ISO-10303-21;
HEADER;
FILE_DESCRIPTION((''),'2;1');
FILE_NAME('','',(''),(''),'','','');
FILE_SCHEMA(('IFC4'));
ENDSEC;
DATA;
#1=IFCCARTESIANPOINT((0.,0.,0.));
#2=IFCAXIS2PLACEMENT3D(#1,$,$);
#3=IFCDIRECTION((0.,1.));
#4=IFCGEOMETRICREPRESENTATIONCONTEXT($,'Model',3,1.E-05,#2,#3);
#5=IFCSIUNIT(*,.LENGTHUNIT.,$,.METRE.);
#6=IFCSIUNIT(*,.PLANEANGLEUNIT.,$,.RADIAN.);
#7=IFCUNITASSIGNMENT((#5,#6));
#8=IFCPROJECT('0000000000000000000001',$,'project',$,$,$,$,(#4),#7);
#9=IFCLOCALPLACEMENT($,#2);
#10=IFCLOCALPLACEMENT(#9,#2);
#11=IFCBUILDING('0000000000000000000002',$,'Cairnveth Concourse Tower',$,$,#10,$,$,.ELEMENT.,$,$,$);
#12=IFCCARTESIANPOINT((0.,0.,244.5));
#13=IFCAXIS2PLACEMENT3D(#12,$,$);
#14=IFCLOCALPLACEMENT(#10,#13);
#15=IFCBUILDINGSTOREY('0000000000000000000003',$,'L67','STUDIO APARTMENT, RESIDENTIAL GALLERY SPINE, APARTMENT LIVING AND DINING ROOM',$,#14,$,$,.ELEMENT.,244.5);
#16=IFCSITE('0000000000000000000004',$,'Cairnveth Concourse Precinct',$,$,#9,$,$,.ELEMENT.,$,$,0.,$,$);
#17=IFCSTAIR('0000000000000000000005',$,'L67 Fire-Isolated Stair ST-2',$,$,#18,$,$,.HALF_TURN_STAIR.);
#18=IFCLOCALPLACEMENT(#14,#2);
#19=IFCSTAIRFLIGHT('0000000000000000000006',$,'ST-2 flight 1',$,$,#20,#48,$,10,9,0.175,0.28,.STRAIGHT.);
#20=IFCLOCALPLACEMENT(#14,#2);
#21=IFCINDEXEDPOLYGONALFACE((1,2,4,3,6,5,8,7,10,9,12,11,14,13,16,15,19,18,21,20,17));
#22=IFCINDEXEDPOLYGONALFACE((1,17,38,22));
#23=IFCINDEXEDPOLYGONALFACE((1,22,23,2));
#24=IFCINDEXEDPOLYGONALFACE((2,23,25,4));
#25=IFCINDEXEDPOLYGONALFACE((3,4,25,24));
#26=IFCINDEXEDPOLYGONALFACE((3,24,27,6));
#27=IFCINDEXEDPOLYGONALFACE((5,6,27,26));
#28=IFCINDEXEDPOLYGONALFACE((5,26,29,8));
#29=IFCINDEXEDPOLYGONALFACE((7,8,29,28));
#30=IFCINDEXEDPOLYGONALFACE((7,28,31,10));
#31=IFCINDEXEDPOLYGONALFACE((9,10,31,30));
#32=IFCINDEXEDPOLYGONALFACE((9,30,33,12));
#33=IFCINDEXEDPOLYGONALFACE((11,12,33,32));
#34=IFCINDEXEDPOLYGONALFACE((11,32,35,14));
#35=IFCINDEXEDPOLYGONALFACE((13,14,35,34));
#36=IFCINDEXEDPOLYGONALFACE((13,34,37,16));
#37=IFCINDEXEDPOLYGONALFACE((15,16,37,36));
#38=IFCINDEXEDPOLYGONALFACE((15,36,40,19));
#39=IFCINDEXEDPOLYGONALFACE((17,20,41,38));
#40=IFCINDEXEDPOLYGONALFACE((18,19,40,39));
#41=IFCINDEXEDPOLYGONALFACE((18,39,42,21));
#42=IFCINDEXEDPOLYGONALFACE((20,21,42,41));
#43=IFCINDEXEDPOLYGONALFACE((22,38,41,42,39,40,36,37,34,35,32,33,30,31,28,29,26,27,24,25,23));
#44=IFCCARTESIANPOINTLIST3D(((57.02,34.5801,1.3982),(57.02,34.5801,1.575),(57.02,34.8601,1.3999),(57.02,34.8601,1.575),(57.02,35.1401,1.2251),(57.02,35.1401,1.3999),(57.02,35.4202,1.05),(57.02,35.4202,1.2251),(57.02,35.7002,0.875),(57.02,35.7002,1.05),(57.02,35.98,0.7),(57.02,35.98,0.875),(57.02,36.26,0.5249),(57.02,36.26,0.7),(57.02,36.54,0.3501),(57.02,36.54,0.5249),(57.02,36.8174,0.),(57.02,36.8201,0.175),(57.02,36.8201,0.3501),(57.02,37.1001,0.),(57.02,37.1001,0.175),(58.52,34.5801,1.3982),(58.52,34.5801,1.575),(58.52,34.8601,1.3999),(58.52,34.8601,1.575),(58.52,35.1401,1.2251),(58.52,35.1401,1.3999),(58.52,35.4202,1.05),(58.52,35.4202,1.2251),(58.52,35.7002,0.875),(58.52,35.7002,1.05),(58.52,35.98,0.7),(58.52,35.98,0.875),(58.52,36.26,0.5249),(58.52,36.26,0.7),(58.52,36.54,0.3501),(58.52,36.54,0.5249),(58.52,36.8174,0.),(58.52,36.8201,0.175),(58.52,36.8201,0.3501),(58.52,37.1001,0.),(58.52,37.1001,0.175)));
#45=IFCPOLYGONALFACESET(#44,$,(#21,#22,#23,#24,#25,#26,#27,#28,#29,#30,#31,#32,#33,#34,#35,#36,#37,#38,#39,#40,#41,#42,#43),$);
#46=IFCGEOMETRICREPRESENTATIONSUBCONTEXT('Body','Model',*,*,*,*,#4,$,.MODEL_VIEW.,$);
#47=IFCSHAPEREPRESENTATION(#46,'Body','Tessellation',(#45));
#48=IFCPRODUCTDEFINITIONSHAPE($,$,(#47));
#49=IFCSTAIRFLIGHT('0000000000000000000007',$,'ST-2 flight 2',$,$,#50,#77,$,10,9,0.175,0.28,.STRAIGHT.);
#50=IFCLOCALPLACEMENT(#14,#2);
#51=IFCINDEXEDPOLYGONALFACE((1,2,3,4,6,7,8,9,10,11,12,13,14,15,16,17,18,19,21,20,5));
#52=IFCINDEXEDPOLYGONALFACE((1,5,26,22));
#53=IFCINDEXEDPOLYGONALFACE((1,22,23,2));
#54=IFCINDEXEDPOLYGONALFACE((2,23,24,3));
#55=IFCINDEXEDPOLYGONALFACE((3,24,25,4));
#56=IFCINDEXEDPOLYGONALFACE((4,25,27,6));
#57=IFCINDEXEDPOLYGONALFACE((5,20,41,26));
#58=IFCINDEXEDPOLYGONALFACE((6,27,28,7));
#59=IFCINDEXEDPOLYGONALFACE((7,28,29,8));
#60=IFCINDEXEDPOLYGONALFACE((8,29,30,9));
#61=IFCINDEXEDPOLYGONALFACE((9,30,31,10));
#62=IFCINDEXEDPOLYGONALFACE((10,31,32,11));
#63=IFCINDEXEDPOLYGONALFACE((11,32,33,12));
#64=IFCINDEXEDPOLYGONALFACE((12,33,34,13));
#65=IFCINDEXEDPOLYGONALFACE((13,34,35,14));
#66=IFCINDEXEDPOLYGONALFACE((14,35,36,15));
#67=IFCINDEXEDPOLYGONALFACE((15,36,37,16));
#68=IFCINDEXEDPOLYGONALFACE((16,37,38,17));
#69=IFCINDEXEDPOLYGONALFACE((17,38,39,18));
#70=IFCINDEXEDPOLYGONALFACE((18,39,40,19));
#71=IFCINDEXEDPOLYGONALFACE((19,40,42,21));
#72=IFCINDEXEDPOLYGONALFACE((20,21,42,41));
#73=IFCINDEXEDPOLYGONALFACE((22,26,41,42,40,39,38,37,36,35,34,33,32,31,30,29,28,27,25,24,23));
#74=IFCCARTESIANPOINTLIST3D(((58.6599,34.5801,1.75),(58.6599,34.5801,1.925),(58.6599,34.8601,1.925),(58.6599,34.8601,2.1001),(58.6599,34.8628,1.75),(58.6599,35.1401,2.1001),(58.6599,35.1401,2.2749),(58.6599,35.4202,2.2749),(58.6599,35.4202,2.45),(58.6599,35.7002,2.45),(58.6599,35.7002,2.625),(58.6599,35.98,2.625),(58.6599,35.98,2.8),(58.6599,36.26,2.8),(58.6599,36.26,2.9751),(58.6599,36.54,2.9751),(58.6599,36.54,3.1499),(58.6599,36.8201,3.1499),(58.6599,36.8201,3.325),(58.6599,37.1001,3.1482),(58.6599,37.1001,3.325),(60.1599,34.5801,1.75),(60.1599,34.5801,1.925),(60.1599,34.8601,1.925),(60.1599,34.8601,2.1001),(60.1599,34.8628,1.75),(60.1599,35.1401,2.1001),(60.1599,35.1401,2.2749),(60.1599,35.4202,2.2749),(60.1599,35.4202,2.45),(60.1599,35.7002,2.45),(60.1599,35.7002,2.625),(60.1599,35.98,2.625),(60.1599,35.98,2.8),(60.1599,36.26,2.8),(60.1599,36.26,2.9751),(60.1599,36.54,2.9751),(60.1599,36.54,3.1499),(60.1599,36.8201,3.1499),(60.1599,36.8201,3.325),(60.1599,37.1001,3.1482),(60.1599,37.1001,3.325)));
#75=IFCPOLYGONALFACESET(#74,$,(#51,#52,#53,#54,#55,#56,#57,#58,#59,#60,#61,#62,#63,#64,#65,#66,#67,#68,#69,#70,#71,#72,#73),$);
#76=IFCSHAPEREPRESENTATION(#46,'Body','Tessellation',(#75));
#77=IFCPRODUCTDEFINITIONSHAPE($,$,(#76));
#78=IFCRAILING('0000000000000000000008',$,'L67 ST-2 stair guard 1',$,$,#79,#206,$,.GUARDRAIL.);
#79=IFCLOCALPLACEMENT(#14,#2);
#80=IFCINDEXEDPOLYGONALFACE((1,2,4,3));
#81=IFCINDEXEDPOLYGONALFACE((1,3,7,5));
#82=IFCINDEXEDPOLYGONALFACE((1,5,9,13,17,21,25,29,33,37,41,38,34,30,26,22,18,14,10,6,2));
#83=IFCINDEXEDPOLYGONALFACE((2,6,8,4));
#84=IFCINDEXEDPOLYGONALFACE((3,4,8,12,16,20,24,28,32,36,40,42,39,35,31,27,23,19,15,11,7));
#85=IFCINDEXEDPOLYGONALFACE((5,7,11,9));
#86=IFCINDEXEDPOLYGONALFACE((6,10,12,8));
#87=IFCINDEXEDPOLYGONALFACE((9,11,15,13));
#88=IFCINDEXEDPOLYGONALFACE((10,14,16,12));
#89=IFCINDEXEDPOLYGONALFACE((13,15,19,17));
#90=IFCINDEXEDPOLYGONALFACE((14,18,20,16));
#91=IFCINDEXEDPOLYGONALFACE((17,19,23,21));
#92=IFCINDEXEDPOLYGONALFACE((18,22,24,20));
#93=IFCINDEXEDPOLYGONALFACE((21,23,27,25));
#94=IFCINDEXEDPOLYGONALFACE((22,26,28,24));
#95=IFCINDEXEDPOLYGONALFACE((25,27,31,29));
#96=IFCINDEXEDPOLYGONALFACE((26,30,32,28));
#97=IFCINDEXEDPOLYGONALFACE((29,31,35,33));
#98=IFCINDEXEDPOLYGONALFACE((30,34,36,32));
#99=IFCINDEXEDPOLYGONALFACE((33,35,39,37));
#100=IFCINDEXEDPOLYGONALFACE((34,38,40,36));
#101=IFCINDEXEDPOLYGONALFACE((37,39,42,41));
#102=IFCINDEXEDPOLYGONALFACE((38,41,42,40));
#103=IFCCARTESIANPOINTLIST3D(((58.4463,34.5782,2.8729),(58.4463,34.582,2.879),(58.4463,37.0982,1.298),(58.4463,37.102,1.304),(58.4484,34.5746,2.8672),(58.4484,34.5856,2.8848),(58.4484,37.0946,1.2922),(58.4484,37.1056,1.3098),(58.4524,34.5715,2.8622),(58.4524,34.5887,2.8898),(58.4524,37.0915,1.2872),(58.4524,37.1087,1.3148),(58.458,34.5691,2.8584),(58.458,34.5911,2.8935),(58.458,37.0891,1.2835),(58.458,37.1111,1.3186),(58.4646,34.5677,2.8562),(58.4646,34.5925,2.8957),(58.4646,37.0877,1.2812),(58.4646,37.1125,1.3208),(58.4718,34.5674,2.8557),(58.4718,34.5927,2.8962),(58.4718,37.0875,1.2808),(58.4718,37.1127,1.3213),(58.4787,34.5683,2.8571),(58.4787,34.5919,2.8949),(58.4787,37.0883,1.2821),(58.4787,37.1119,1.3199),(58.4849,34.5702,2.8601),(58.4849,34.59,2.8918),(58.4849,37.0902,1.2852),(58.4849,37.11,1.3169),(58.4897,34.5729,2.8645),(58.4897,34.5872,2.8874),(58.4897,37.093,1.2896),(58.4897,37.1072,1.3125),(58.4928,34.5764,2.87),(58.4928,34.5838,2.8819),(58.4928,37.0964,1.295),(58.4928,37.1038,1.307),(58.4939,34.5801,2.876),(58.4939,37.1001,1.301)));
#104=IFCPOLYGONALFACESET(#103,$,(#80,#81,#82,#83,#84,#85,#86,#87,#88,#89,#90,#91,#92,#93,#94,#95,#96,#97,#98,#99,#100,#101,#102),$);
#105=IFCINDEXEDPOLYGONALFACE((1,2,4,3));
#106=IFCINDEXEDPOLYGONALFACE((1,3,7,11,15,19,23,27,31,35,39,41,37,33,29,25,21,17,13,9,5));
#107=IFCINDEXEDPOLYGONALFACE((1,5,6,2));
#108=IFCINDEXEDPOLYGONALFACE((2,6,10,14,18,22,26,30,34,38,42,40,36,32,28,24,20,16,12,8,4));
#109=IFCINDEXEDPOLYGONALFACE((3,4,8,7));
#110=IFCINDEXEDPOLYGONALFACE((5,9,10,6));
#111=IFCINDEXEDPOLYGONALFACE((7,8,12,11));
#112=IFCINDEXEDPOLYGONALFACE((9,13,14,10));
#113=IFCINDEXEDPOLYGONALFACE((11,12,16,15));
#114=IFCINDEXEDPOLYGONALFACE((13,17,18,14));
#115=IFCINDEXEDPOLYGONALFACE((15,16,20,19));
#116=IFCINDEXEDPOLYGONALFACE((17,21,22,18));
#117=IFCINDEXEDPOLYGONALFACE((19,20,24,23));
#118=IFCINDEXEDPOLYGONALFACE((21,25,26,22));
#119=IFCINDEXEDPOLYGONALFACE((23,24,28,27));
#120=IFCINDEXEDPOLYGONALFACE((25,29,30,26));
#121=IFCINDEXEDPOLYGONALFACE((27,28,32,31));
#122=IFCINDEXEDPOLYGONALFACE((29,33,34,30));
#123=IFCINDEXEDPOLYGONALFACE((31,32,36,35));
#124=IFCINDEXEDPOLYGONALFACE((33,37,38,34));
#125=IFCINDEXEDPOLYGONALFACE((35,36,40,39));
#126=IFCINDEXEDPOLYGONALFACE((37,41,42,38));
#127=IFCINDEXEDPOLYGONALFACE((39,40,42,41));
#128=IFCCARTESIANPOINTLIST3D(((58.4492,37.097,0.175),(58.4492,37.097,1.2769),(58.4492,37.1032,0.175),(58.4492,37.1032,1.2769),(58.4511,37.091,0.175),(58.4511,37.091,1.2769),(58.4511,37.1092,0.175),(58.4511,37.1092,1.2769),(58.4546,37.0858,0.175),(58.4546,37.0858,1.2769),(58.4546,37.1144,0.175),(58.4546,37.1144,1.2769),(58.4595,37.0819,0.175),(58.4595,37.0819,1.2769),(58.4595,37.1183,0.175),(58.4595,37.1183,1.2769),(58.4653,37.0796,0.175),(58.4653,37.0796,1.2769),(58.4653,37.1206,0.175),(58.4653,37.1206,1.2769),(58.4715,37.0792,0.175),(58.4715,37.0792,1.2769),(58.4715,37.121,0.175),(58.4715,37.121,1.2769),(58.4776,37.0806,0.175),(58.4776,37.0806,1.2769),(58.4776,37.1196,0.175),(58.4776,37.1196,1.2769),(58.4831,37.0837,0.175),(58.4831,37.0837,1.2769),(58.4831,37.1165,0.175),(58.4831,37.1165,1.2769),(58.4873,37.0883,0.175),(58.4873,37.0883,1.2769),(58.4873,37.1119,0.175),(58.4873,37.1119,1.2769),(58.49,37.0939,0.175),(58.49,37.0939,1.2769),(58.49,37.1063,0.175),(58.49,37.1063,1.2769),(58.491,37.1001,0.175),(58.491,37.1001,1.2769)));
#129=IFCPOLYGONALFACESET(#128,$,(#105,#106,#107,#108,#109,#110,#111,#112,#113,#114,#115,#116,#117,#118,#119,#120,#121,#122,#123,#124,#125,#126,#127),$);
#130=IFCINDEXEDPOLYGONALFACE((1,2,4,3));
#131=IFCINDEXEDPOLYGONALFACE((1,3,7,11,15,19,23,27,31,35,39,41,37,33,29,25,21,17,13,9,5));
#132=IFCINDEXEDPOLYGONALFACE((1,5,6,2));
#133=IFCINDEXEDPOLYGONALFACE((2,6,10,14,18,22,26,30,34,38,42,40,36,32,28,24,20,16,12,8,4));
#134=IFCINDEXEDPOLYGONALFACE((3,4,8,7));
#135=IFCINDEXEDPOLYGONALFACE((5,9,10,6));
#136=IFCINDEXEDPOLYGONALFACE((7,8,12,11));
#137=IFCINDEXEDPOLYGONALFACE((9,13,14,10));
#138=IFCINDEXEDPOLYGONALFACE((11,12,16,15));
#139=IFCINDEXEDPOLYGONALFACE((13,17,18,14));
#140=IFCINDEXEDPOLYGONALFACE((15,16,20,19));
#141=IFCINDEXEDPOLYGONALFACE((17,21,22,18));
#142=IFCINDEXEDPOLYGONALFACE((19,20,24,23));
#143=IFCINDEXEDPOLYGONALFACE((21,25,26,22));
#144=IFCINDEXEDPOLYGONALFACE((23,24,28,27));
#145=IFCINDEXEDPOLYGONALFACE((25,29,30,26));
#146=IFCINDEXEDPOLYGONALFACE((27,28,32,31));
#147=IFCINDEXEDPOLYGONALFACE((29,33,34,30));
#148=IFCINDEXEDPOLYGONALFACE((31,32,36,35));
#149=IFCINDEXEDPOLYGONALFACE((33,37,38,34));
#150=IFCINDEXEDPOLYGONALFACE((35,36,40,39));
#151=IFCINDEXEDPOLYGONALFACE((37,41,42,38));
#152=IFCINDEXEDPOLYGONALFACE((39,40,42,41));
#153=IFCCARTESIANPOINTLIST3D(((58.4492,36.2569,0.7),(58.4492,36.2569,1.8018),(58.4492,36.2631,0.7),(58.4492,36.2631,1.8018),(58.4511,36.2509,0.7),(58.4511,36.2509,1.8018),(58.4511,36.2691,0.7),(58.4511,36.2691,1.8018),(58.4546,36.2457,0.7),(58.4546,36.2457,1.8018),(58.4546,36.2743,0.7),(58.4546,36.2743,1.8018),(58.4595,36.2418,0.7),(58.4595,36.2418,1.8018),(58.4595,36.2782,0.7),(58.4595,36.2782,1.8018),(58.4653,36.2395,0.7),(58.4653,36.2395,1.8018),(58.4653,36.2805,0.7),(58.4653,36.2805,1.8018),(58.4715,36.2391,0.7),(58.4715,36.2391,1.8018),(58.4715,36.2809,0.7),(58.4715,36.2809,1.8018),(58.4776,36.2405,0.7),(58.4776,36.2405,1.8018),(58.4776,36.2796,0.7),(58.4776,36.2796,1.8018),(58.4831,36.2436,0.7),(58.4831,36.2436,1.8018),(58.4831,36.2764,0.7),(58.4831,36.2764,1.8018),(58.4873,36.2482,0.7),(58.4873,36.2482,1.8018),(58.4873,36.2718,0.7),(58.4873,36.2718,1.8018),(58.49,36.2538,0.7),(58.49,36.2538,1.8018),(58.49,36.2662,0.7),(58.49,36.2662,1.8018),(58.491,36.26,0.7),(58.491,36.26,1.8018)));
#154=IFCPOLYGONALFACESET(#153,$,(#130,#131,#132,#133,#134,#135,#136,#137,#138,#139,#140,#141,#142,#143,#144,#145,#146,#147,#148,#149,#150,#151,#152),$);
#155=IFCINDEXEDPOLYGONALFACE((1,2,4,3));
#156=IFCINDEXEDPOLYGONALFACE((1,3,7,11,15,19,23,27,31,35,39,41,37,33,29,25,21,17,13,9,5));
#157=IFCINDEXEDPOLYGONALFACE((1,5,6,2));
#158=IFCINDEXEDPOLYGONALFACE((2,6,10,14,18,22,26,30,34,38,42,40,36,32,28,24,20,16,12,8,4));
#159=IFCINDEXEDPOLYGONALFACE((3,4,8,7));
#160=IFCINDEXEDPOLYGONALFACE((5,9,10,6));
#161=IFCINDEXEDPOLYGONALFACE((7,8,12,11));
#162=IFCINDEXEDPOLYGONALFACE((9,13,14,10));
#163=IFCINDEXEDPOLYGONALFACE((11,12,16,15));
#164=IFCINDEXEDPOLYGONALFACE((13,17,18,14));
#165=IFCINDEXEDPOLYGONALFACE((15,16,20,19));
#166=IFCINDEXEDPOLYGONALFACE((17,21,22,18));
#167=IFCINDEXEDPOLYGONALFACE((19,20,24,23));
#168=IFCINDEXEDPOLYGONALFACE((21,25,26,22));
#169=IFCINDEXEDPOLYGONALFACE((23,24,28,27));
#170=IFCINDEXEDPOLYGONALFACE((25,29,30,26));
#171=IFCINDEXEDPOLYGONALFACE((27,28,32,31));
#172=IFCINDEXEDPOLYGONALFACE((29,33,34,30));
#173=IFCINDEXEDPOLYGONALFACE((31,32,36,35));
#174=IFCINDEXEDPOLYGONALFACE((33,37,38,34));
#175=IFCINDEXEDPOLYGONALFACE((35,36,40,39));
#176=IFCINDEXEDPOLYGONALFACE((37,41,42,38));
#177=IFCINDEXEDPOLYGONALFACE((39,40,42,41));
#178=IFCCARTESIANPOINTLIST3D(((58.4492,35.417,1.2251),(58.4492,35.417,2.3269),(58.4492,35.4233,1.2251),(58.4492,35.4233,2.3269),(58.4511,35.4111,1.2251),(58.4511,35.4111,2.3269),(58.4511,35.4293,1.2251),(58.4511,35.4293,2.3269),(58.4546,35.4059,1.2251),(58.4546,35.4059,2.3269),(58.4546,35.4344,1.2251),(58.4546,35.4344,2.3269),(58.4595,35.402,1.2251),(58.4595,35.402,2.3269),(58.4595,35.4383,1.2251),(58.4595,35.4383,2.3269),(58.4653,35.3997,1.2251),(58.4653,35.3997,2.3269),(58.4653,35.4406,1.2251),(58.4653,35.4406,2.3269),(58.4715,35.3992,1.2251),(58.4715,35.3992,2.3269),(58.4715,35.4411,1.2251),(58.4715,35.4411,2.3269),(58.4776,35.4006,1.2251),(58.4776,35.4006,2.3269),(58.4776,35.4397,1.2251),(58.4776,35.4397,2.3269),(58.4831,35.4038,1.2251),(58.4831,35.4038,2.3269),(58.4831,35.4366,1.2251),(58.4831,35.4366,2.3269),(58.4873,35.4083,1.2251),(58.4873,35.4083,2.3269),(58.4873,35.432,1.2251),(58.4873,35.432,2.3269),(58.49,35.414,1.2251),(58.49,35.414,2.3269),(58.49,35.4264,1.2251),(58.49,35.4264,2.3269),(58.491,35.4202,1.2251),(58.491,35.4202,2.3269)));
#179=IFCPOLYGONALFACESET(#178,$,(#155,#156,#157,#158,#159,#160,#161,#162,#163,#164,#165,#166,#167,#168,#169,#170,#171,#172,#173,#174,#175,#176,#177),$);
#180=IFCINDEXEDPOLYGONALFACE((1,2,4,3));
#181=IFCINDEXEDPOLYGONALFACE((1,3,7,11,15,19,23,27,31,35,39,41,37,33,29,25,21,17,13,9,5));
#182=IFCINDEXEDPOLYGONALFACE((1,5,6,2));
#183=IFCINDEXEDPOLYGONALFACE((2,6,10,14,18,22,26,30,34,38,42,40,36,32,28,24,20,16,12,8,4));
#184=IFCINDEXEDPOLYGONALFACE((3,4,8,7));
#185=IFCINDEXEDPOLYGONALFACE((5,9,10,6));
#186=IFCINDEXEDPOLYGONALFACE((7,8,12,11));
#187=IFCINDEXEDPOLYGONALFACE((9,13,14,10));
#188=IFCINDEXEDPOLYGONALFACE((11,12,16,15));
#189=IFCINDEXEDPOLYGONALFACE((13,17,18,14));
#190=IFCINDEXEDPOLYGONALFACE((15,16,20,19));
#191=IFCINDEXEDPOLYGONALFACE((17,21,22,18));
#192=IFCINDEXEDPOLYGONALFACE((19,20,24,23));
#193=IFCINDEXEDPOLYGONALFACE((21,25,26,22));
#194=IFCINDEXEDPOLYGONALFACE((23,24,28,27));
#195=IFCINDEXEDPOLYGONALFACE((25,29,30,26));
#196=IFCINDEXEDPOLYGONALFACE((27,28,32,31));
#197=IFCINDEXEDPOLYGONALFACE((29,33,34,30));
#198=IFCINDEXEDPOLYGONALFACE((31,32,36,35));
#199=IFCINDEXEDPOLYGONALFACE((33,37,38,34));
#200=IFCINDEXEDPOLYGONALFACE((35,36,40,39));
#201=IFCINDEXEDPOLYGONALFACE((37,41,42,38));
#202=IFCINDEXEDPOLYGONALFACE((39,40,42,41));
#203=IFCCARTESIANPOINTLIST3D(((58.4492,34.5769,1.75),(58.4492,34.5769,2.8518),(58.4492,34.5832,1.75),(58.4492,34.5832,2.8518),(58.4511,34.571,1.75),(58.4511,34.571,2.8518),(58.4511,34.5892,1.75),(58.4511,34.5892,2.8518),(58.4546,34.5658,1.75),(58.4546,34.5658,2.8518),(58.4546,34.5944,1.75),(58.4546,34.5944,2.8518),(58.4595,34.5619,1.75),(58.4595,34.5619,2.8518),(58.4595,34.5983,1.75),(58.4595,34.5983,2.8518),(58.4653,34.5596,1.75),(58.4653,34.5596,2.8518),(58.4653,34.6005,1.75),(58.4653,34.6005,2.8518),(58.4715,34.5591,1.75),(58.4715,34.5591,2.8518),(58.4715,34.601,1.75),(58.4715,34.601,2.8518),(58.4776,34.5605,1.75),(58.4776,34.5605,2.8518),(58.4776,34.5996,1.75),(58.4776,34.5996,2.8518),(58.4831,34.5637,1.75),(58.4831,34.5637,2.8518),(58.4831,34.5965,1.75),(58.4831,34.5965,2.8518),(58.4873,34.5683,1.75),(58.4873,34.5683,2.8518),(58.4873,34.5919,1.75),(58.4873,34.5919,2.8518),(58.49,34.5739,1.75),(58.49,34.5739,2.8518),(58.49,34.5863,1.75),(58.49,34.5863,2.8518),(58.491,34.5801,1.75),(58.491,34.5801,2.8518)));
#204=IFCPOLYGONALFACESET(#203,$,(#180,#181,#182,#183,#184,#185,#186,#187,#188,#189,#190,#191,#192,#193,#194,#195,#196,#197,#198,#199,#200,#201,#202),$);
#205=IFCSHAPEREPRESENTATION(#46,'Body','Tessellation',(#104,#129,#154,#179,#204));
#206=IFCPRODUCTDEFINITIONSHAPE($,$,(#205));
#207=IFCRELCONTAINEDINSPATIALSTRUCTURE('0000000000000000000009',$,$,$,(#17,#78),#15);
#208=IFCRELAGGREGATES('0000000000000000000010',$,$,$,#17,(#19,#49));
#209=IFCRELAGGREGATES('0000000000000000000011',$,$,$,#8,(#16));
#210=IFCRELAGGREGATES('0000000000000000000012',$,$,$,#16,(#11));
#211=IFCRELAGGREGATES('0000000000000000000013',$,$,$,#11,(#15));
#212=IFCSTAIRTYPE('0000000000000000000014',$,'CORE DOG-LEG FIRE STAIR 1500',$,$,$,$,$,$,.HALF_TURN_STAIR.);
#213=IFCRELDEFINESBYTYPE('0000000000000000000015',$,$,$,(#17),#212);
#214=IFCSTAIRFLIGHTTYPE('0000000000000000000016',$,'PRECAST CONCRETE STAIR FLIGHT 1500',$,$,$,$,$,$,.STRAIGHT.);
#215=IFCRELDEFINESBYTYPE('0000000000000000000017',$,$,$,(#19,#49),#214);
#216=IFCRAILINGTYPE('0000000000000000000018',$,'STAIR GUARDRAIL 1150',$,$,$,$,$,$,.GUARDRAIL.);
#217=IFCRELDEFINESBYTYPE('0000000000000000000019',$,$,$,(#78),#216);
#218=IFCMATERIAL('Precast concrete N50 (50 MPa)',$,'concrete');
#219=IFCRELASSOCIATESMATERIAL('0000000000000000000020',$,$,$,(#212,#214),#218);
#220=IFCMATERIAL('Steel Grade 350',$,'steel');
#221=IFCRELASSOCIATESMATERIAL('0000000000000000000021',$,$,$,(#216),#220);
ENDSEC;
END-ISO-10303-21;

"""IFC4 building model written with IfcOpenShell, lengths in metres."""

from ifc_helpers import new_model, si_unit, direction, frame, origin, origin_2d, place, context, subcontext, project, spatial, polyline, circle, outline, extrude, material, type_object, element, aggregate, save


model = new_model("IFC4")

# Units and contexts
model_context = context("Model", 3, precision=1e-05, world=origin(), true_north=direction((0.0, 1.0)))
body_context = subcontext(model_context, "Body", "Model", "MODEL_VIEW")
ifc_project = project(units=[si_unit("LENGTHUNIT", "METRE"), si_unit("PLANEANGLEUNIT", "RADIAN")], contexts=[model_context])

# Site, building, storey
site_placement = place(None, origin())
site = spatial("IfcSite", under=ifc_project, at=site_placement, Name="Cairnveth Concourse Precinct", CompositionType="ELEMENT", RefElevation=0.0)
building_placement = place(site_placement, origin())
building = spatial("IfcBuilding", under=site, at=building_placement, Name="Cairnveth Concourse Tower", CompositionType="ELEMENT")
storey_placement = place(building_placement, frame((0.0, 0.0, 244.5)))
storey = spatial("IfcBuildingStorey", under=building, at=storey_placement, Name="L67", Description="STUDIO APARTMENT, RESIDENTIAL GALLERY SPINE, APARTMENT LIVING AND DINING ROOM", CompositionType="ELEMENT", Elevation=244.5)

# Shared definitions
ifc_material_1 = material(Name="Steel Grade 350", Category="steel")

# Stair, stair flights
ifc_material_2 = material(Name="Precast concrete N50 (50 MPa)", Category="concrete")
stair_type = type_object("IfcStairType", Name="CORE DOG-LEG FIRE STAIR 1500", PredefinedType="HALF_TURN_STAIR", material=ifc_material_2)
stair_placement = place(storey_placement, origin())
stair = element("IfcStair", 1, at=stair_placement, inside=storey, type_object=stair_type, Name="L67 Fire-Isolated Stair ST-2", PredefinedType="HALF_TURN_STAIR")
stair_flight_type = type_object("IfcStairFlightType", Name="PRECAST CONCRETE STAIR FLIGHT 1500", PredefinedType="STRAIGHT", material=ifc_material_2)
stair_flight_1_placement = place(storey_placement, frame((57.77, 37.1001, 0.0), z_axis=(0.0, 0.0, 1.0), x_axis=(0.0, -1.0, 0.0)))
stair_flight_1 = element("IfcStairFlight", 2, at=stair_flight_1_placement, type_object=stair_flight_type, Name="ST-2 flight 1", NumberOfRisers=10, NumberOfTreads=9, PredefinedType="STRAIGHT", RiserHeight=0.175, TreadLength=0.28, context=body_context, shape_type="SweptSolid", body=[
    extrude(outline(polyline([(0.0, 0.0), (0.0, 0.175), (0.28, 0.175), (0.28, 0.3501), (0.5601, 0.3501), (0.5601, 0.5249), (0.8401, 0.5249), (0.8401, 0.7), (1.1201, 0.7), (1.1201, 0.875), (1.3999, 0.875), (1.3999, 1.05), (1.6799, 1.05), (1.6799, 1.2251), (1.96, 1.2251), (1.96, 1.3999), (2.24, 1.3999), (2.24, 1.575), (2.52, 1.575), (2.52, 1.75), (2.52, 1.3982), (0.2827, 0.0), (0.0, 0.0)])), frame((0.0, 0.75, 0.0), z_axis=(0.0, -1.0, 0.0), x_axis=(1.0, 0.0, 0.0)), (0.0, 0.0, 1.0), 1.5),
])
stair_flight_2_placement = place(storey_placement, frame((59.4099, 34.5801, 1.75), z_axis=(0.0, 0.0, 1.0), x_axis=(0.0, 1.0, 0.0)))
stair_flight_2 = element("IfcStairFlight", 3, at=stair_flight_2_placement, type_object=stair_flight_type, Name="ST-2 flight 2", NumberOfRisers=10, NumberOfTreads=9, PredefinedType="STRAIGHT", RiserHeight=0.175, TreadLength=0.28, context=body_context, shape_type="SweptSolid", body=[
    extrude(outline(polyline([(0.0, 0.0), (0.0, 0.175), (0.28, 0.175), (0.28, 0.3501), (0.5601, 0.3501), (0.5601, 0.5249), (0.8401, 0.5249), (0.8401, 0.7), (1.1201, 0.7), (1.1201, 0.875), (1.3999, 0.875), (1.3999, 1.05), (1.6799, 1.05), (1.6799, 1.2251), (1.96, 1.2251), (1.96, 1.3999), (2.24, 1.3999), (2.24, 1.575), (2.52, 1.575), (2.52, 1.75), (2.52, 1.3982), (0.2827, 0.0), (0.0, 0.0)])), frame((0.0, 0.75, 0.0), z_axis=(0.0, -1.0, 0.0), x_axis=(1.0, 0.0, 0.0)), (0.0, 0.0, 1.0), 1.5),
])
aggregate(stair, [stair_flight_1, stair_flight_2])

# Railing
railing_type_1 = type_object("IfcRailingType", Name="STAIR GUARDRAIL 1150", PredefinedType="GUARDRAIL", material=ifc_material_1)
railing_1_placement = place(storey_placement, frame((58.47, 37.1001, 0.175)))
element("IfcRailing", 4, at=railing_1_placement, inside=storey, type_object=railing_type_1, Name="L67 ST-2 stair guard 1", PredefinedType="GUARDRAIL", context=body_context, shape_type="SweptSolid", body=[
    extrude(circle(Radius=0.0239, at=origin_2d()), frame((0.0, 0.0, 1.126), z_axis=(0.0, -0.848008, 0.529984), x_axis=(1.0, 0.0, 0.0)), (0.0, 0.0, 1.0), 2.9717),
    extrude(circle(Radius=0.021, at=origin_2d()), origin(), (0.0, 0.0, 1.0), 1.1018),
    extrude(circle(Radius=0.021, at=origin_2d()), frame((0.0, -0.8401, 0.5249)), (0.0, 0.0, 1.0), 1.1018),
    extrude(circle(Radius=0.021, at=origin_2d()), frame((0.0, -1.6799, 1.05)), (0.0, 0.0, 1.0), 1.1018),
    extrude(circle(Radius=0.021, at=origin_2d()), frame((0.0, -2.52, 1.575)), (0.0, 0.0, 1.0), 1.1018),
])

save(model, "model.ifc")
